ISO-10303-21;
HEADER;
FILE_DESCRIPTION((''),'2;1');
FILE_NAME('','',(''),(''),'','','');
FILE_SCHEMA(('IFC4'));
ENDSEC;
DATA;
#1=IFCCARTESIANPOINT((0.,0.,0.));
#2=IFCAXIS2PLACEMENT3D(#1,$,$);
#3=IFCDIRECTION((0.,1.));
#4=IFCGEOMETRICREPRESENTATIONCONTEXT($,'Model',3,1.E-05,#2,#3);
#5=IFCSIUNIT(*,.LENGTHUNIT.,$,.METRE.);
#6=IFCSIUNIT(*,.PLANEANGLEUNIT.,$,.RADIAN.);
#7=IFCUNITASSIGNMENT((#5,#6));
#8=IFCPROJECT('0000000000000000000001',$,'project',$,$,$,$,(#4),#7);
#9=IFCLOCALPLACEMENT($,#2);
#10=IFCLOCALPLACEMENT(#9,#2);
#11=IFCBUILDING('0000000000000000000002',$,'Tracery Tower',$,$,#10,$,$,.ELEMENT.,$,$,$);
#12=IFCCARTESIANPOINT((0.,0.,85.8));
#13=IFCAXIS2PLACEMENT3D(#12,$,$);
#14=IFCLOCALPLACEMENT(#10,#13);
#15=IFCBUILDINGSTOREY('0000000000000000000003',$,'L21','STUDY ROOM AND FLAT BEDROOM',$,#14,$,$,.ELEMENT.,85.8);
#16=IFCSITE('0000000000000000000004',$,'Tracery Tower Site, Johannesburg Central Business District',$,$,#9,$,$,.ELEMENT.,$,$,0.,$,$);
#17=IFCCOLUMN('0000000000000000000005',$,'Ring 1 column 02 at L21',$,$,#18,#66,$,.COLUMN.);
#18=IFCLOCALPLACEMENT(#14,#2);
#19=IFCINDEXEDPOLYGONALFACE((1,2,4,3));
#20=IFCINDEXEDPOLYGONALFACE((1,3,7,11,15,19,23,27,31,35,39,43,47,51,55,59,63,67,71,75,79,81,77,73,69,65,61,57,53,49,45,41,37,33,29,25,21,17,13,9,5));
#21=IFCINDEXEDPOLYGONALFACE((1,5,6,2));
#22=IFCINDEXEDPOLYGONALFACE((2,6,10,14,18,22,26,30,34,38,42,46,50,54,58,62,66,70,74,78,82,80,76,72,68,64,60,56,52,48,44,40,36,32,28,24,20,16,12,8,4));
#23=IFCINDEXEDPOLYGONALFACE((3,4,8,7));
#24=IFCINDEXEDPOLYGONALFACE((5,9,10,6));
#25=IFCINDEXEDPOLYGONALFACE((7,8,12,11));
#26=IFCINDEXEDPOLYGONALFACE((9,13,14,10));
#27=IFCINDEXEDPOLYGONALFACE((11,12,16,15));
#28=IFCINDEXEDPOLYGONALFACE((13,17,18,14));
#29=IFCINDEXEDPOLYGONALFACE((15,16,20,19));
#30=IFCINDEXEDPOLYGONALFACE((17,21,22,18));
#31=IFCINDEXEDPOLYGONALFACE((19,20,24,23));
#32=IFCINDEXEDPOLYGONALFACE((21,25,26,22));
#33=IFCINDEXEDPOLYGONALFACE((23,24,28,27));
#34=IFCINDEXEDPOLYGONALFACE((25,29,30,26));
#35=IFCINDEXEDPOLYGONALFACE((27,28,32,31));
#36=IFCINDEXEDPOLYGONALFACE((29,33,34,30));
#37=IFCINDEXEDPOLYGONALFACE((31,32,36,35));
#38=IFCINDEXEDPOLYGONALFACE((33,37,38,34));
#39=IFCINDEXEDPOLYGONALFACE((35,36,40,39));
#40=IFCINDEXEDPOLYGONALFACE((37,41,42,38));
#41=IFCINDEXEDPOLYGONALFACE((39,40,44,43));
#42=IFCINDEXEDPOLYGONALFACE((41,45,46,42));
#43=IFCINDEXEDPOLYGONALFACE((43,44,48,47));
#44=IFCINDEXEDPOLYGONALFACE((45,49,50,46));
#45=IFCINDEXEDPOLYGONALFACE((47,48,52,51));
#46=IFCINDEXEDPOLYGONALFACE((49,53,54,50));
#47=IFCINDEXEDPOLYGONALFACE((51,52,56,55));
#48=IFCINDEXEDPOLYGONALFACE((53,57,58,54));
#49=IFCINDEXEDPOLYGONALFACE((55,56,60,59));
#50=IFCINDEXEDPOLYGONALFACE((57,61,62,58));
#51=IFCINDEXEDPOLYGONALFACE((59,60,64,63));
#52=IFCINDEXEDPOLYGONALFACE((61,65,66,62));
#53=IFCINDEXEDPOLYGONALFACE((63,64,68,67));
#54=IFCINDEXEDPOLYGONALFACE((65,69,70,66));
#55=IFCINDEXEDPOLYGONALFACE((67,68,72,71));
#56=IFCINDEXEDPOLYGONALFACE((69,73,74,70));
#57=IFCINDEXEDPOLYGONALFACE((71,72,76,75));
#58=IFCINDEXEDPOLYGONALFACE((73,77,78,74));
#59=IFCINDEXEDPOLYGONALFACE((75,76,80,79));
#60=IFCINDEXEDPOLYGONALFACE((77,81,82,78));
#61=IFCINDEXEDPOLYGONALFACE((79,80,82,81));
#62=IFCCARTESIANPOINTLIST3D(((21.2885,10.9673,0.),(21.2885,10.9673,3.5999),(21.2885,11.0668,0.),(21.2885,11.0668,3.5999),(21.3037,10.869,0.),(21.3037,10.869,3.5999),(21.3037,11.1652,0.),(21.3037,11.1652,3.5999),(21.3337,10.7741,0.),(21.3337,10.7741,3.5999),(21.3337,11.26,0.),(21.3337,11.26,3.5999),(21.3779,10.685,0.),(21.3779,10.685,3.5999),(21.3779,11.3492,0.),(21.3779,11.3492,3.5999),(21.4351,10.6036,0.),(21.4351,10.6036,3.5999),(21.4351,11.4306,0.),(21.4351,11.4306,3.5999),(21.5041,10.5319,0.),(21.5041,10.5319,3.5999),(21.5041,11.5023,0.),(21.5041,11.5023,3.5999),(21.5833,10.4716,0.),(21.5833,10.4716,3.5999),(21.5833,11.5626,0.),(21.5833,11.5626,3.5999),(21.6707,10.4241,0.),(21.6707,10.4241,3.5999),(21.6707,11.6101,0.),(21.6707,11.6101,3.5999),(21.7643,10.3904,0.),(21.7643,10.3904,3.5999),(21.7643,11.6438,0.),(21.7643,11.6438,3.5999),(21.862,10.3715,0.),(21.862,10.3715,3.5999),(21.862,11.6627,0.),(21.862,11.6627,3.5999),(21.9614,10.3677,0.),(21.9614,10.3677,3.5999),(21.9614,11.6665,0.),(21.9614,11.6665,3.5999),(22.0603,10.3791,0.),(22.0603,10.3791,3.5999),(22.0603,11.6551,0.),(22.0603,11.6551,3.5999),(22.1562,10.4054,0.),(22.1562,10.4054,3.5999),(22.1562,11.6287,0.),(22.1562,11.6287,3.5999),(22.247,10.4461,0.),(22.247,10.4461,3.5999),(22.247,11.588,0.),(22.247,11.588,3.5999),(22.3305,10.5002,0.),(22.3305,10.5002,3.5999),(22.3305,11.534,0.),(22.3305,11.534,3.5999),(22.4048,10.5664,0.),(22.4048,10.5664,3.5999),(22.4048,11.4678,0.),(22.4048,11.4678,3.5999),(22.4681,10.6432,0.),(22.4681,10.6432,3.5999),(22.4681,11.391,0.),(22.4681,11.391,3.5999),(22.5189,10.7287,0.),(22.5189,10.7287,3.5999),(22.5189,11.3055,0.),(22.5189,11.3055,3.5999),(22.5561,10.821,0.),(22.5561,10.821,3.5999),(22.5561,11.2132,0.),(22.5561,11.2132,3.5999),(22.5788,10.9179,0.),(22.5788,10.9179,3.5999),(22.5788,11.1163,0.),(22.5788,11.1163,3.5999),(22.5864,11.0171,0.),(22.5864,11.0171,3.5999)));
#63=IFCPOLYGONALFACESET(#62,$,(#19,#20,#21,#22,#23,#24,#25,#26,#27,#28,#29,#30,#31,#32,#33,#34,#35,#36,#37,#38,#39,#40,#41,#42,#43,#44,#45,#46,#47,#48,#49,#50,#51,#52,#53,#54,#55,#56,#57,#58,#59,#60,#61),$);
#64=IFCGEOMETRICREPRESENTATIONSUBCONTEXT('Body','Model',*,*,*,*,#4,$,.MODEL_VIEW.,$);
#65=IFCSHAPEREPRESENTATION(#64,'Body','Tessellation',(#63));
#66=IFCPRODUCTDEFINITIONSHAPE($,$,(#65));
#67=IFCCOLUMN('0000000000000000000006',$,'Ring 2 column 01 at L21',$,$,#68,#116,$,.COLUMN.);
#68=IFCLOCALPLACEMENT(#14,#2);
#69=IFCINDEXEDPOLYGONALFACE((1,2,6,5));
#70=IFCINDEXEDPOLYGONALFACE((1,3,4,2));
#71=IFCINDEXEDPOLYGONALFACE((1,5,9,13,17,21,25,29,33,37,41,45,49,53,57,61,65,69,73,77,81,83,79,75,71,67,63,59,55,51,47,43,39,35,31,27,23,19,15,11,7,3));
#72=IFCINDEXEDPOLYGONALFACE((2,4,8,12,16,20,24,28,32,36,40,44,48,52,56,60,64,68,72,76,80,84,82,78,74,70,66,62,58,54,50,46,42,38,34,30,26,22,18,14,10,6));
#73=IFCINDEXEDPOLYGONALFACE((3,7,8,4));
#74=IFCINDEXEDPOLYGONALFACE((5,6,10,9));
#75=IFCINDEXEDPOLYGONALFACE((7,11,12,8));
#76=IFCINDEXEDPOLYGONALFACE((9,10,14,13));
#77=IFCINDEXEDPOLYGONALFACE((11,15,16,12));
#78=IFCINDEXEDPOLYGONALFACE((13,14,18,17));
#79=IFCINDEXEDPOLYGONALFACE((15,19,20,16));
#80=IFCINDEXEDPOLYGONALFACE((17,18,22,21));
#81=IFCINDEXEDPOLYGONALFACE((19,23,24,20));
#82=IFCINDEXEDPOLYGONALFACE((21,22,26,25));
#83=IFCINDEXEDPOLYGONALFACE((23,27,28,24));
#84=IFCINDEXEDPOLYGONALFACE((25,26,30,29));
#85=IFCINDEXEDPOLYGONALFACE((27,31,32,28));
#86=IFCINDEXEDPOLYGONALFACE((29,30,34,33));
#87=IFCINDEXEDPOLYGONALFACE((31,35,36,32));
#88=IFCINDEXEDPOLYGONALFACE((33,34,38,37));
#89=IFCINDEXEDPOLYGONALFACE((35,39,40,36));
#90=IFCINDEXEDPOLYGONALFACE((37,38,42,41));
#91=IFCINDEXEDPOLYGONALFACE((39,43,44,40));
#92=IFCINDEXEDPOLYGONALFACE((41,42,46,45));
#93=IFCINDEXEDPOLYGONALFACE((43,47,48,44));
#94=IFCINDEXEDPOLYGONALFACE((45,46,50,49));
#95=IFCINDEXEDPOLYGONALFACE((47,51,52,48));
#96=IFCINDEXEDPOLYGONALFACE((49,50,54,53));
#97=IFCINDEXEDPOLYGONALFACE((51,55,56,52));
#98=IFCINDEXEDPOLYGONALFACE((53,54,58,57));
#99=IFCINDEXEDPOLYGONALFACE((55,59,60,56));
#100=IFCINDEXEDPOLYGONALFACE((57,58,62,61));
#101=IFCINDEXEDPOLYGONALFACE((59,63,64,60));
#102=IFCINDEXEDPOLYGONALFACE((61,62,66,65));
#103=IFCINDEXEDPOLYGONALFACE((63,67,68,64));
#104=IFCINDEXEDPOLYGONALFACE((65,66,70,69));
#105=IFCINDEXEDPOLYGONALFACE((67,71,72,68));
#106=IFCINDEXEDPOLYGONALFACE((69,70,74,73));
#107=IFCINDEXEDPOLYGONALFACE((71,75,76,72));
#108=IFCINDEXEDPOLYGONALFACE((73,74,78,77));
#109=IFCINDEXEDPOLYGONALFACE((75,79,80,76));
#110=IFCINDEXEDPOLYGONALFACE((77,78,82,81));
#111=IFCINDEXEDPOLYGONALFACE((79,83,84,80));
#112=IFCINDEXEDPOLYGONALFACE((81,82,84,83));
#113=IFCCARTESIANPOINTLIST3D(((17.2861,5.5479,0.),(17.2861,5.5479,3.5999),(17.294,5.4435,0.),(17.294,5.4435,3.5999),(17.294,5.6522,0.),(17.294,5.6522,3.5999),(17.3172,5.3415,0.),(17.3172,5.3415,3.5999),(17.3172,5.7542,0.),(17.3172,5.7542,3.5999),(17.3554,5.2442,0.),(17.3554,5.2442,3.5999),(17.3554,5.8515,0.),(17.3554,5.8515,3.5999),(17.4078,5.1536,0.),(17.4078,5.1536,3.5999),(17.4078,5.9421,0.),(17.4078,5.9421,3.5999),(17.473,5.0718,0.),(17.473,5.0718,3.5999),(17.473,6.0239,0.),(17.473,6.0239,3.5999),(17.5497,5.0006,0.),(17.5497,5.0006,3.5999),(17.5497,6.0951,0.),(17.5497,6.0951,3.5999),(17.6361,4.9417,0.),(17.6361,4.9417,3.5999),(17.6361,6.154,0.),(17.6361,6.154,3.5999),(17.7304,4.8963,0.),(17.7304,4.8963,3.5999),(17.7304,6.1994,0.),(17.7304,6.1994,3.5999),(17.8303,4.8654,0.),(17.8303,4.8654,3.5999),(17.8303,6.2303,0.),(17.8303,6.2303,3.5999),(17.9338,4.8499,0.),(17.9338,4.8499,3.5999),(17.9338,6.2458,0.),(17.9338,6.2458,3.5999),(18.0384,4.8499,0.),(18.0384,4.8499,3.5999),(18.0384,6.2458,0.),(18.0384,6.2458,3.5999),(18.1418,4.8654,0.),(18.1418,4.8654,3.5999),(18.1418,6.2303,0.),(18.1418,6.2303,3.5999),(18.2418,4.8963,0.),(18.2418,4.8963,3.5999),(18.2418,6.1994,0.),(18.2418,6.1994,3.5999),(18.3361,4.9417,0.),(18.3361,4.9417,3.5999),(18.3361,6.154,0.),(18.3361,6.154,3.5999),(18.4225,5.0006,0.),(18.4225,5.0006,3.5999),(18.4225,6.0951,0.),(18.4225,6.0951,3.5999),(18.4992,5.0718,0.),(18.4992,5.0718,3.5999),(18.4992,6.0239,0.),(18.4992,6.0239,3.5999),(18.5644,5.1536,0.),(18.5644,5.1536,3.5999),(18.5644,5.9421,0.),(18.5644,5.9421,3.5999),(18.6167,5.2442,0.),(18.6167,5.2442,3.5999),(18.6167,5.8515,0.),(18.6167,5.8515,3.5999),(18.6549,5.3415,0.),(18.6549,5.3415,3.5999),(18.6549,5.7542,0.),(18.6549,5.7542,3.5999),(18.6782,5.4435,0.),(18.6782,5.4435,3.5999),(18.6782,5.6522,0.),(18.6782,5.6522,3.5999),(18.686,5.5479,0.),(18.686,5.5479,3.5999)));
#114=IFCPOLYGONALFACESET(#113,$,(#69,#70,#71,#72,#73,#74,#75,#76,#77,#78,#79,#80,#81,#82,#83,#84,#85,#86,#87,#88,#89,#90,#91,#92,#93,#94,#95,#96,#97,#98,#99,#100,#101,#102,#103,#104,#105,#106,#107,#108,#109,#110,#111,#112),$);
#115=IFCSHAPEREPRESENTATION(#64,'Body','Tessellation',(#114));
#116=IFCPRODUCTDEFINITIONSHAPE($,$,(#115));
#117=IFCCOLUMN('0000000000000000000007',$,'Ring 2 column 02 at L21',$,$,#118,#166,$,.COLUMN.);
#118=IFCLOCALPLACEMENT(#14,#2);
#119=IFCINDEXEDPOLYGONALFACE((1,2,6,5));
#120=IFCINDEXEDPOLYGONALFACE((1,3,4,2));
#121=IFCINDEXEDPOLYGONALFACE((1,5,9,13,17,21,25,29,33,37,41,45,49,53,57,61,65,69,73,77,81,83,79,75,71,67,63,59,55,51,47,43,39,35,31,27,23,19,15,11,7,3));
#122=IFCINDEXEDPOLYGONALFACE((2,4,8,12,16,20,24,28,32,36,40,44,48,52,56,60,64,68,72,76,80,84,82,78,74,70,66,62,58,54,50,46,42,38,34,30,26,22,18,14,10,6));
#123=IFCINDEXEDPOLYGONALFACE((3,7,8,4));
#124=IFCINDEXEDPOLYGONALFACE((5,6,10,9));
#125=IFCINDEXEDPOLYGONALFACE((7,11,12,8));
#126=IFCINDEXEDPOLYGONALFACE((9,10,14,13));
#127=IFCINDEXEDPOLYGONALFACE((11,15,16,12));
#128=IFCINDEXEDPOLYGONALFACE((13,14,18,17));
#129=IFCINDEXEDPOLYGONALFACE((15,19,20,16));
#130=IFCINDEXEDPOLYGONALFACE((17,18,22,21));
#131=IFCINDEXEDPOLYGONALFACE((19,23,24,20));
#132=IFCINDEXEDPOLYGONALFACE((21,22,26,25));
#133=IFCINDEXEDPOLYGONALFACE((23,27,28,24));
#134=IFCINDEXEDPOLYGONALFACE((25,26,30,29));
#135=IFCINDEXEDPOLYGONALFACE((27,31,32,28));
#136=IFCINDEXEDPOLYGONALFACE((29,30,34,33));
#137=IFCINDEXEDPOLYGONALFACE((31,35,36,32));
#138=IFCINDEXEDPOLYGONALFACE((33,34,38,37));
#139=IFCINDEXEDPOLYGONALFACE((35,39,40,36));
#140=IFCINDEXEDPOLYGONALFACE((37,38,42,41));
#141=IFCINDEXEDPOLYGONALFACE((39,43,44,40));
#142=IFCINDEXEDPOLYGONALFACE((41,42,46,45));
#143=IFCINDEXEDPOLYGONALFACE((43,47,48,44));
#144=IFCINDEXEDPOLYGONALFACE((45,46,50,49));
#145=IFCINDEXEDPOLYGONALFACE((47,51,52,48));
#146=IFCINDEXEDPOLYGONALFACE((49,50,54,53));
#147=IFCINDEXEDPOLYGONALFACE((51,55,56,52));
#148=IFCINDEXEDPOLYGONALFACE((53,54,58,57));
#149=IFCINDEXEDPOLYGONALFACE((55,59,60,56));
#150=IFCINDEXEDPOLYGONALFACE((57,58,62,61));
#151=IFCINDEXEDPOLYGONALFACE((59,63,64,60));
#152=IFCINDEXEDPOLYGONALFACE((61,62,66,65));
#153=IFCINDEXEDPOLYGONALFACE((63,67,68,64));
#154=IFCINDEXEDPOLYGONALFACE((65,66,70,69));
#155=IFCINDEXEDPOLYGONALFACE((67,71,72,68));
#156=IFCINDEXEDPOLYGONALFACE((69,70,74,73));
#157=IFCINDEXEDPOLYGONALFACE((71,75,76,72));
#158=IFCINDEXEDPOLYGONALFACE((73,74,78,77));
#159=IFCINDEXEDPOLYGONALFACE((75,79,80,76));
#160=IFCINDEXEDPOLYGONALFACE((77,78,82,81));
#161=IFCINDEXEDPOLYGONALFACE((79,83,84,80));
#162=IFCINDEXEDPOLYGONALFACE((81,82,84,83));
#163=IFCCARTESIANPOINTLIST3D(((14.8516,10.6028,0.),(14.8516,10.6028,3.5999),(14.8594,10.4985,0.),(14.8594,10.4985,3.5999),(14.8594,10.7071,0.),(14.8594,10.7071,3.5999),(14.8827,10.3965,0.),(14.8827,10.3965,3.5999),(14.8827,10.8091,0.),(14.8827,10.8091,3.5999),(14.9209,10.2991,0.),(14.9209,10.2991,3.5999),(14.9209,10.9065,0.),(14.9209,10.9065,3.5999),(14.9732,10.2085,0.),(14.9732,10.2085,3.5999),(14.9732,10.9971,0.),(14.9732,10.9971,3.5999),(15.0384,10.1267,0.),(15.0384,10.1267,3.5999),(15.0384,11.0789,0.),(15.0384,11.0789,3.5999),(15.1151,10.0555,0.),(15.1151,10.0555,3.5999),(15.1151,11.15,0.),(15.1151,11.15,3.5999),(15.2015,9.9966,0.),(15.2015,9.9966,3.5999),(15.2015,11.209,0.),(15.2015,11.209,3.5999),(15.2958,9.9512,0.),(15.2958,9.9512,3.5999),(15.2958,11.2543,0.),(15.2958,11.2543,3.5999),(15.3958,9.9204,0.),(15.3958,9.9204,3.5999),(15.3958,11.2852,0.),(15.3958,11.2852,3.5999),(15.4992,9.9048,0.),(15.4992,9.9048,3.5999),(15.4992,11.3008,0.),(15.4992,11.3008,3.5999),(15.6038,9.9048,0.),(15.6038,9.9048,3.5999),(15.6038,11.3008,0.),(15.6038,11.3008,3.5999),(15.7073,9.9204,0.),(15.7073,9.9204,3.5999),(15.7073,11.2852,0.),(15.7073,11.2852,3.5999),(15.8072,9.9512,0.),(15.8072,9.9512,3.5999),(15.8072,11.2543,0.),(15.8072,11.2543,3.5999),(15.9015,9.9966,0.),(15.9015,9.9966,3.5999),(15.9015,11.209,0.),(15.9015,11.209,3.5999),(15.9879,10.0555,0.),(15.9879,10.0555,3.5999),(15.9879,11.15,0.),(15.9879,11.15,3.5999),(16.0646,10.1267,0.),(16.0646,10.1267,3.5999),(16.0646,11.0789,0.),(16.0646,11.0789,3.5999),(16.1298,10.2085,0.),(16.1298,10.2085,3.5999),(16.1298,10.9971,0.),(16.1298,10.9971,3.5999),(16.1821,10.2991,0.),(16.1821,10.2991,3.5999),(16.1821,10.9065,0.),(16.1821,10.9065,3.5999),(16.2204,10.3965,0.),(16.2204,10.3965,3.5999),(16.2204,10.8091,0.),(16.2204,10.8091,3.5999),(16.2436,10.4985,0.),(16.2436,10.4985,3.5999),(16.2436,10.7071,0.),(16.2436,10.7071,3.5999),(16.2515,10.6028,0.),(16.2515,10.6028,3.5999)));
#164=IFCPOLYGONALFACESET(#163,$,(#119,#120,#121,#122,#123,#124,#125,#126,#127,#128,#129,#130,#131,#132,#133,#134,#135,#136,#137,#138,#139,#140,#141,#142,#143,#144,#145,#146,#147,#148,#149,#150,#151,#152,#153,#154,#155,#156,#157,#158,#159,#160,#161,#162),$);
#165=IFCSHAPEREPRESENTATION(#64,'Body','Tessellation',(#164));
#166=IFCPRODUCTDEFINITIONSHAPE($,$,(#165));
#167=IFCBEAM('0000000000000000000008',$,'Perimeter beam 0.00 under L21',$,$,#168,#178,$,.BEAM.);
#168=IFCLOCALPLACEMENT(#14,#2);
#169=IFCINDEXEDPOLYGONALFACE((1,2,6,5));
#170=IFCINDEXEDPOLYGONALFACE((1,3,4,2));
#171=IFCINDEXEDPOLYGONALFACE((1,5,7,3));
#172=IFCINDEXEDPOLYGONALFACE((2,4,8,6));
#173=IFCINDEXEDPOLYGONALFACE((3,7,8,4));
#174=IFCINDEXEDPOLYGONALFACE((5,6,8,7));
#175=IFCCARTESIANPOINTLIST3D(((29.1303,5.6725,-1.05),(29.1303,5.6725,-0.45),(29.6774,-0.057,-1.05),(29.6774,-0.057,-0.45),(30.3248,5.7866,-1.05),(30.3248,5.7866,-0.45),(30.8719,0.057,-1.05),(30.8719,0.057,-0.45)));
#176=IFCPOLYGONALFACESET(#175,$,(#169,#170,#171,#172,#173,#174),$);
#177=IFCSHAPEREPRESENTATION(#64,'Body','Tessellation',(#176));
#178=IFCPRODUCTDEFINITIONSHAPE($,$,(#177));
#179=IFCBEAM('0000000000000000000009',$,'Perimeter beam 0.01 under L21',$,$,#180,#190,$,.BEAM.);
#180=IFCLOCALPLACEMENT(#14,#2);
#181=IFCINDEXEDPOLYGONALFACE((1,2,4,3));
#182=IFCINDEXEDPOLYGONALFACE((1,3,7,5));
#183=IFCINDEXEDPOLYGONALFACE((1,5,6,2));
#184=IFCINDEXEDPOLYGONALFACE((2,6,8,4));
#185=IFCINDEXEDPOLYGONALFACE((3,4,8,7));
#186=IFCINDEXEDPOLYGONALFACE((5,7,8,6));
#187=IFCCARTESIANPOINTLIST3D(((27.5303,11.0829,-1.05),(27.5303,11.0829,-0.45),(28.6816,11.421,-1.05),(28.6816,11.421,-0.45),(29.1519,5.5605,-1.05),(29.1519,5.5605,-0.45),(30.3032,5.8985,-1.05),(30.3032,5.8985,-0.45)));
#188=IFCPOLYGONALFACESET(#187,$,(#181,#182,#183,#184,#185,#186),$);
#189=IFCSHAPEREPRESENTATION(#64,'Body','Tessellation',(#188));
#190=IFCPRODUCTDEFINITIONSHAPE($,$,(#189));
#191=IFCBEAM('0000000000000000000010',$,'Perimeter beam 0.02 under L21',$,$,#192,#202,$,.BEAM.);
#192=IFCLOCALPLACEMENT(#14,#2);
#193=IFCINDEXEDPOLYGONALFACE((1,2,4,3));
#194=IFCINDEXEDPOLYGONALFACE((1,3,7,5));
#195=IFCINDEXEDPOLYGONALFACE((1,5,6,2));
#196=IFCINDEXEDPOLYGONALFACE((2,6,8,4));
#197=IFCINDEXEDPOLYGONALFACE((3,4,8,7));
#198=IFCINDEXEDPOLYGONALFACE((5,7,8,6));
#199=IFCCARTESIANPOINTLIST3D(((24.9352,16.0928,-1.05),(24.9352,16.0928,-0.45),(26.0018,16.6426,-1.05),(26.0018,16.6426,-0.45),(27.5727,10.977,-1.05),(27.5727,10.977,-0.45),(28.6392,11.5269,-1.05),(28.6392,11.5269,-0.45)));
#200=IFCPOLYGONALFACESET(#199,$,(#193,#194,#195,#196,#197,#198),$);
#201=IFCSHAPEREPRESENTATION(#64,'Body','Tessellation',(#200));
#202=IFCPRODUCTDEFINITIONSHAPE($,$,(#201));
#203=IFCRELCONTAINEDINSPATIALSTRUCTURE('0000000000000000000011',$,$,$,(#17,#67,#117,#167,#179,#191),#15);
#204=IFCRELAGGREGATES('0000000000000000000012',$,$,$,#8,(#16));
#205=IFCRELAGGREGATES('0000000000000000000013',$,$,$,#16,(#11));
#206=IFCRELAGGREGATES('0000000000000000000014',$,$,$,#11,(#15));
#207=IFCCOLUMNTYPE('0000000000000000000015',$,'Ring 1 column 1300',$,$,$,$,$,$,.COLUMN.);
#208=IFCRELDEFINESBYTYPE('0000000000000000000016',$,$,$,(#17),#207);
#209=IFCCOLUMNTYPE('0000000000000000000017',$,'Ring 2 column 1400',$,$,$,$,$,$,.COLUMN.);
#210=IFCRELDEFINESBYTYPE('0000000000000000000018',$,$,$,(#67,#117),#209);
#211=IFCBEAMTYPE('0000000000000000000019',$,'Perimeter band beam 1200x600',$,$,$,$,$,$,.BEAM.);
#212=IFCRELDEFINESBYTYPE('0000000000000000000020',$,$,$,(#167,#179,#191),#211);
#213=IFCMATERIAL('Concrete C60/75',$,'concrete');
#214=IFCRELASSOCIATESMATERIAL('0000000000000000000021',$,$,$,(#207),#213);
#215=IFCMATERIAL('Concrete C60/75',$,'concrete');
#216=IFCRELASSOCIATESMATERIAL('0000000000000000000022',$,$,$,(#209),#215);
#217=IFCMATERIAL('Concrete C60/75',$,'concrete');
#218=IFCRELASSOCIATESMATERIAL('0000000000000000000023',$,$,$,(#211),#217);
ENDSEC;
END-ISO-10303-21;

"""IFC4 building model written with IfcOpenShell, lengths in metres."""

from ifc_helpers import new_model, si_unit, direction, frame, origin, origin_2d, place, context, subcontext, project, spatial, rectangle, circle, extrude, material, material_profile, profile_set, type_object, element, save


model = new_model("IFC4")

# Units and contexts
model_context = context("Model", 3, precision=1e-05, world=origin(), true_north=direction((0.0, 1.0)))
body_context = subcontext(model_context, "Body", "Model", "MODEL_VIEW")
ifc_project = project(units=[si_unit("LENGTHUNIT", "METRE"), si_unit("PLANEANGLEUNIT", "RADIAN")], contexts=[model_context])

# Site, building, storey
site_placement = place(None, origin())
site = spatial("IfcSite", under=ifc_project, at=site_placement, Name="Tracery Tower Site, Johannesburg Central Business District", CompositionType="ELEMENT", RefElevation=0.0)
building_placement = place(site_placement, origin())
building = spatial("IfcBuilding", under=site, at=building_placement, Name="Tracery Tower", CompositionType="ELEMENT")
storey_placement = place(building_placement, frame((0.0, 0.0, 85.8)))
storey = spatial("IfcBuildingStorey", under=building, at=storey_placement, Name="L21", Description="STUDY ROOM AND FLAT BEDROOM", CompositionType="ELEMENT", Elevation=85.8)

# Columns
ifc_material_1 = material(Name="Concrete C60/75", Category="concrete")
ifc_material_profile_1 = material_profile(ifc_material_1, circle(Radius=0.6499, at=origin_2d()), Name="RC D1300")
ifc_profile_set_1 = profile_set([ifc_material_profile_1], Name="Concrete C60/75")
column_type_1 = type_object("IfcColumnType", Name="Ring 1 column 1300", PredefinedType="COLUMN", material=ifc_profile_set_1)
for number, where, z_axis, x_axis, name in (
    (1, (21.9365, 11.0171, 0.0), (0.0, 0.0, 1.0), (1.0, 0.0, 0.0), "Ring 1 column 02 at L21"),
):
    element("IfcColumn", number, at=place(storey_placement, frame(where, z_axis=z_axis, x_axis=x_axis)), inside=storey, type_object=column_type_1, Name=name, PredefinedType="COLUMN", context=body_context, shape_type="SweptSolid", body=[
        extrude(circle(Radius=0.6499, at=origin_2d()), origin(), (0.0, 0.0, 1.0), 3.5999),
    ])
ifc_material_2 = material(Name="Concrete C60/75", Category="concrete")
ifc_material_profile_2 = material_profile(ifc_material_2, circle(Radius=0.7, at=origin_2d()), Name="RC D1400")
ifc_profile_set_2 = profile_set([ifc_material_profile_2], Name="Concrete C60/75")
column_type_2 = type_object("IfcColumnType", Name="Ring 2 column 1400", PredefinedType="COLUMN", material=ifc_profile_set_2)
for number, where, z_axis, x_axis, name in (
    (2, (17.9861, 5.5479, 0.0), (0.0, 0.0, 1.0), (1.0, 0.0, 0.0), "Ring 2 column 01 at L21"),
    (3, (15.5515, 10.6028, 0.0), (0.0, 0.0, 1.0), (1.0, 0.0, 0.0), "Ring 2 column 02 at L21"),
):
    element("IfcColumn", number, at=place(storey_placement, frame(where, z_axis=z_axis, x_axis=x_axis)), inside=storey, type_object=column_type_2, Name=name, PredefinedType="COLUMN", context=body_context, shape_type="SweptSolid", body=[
        extrude(circle(Radius=0.7, at=origin_2d()), origin(), (0.0, 0.0, 1.0), 3.5999),
    ])

# Beams
ifc_material_3 = material(Name="Concrete C60/75", Category="concrete")
ifc_material_profile_3 = material_profile(ifc_material_3, rectangle(XDim=1.2, YDim=0.6001, at=origin_2d()), Name="RC 1200x600")
ifc_profile_set_3 = profile_set([ifc_material_profile_3], Name="Concrete C60/75")
beam_type = type_object("IfcBeamType", Name="Perimeter band beam 1200x600", PredefinedType="BEAM", material=ifc_profile_set_3)
for number, where, z_axis, x_axis, name in (
    (4, (30.2747, 0.0, -0.75), (-0.095059, 0.995472, 0.0), (-0.995472, -0.095059, 0.0), "Perimeter beam 0.00 under L21"),
    (5, (29.7275, 5.7295, -0.75), (-0.281739, 0.959491, 0.0), (-0.959491, -0.281739, 0.0), "Perimeter beam 0.01 under L21"),
    (6, (28.106, 11.252, -0.75), (-0.458242, 0.888827, 0.0), (-0.888827, -0.458242, 0.0), "Perimeter beam 0.02 under L21"),
):
    element("IfcBeam", number, at=place(storey_placement, frame(where, z_axis=z_axis, x_axis=x_axis)), inside=storey, type_object=beam_type, Name=name, PredefinedType="BEAM", context=body_context, shape_type="SweptSolid", body=[
        extrude(rectangle(XDim=1.2, YDim=0.6001, at=origin_2d()), origin(), (0.0, 0.0, 1.0), 5.7556),
    ])

save(model, "model.ifc")
